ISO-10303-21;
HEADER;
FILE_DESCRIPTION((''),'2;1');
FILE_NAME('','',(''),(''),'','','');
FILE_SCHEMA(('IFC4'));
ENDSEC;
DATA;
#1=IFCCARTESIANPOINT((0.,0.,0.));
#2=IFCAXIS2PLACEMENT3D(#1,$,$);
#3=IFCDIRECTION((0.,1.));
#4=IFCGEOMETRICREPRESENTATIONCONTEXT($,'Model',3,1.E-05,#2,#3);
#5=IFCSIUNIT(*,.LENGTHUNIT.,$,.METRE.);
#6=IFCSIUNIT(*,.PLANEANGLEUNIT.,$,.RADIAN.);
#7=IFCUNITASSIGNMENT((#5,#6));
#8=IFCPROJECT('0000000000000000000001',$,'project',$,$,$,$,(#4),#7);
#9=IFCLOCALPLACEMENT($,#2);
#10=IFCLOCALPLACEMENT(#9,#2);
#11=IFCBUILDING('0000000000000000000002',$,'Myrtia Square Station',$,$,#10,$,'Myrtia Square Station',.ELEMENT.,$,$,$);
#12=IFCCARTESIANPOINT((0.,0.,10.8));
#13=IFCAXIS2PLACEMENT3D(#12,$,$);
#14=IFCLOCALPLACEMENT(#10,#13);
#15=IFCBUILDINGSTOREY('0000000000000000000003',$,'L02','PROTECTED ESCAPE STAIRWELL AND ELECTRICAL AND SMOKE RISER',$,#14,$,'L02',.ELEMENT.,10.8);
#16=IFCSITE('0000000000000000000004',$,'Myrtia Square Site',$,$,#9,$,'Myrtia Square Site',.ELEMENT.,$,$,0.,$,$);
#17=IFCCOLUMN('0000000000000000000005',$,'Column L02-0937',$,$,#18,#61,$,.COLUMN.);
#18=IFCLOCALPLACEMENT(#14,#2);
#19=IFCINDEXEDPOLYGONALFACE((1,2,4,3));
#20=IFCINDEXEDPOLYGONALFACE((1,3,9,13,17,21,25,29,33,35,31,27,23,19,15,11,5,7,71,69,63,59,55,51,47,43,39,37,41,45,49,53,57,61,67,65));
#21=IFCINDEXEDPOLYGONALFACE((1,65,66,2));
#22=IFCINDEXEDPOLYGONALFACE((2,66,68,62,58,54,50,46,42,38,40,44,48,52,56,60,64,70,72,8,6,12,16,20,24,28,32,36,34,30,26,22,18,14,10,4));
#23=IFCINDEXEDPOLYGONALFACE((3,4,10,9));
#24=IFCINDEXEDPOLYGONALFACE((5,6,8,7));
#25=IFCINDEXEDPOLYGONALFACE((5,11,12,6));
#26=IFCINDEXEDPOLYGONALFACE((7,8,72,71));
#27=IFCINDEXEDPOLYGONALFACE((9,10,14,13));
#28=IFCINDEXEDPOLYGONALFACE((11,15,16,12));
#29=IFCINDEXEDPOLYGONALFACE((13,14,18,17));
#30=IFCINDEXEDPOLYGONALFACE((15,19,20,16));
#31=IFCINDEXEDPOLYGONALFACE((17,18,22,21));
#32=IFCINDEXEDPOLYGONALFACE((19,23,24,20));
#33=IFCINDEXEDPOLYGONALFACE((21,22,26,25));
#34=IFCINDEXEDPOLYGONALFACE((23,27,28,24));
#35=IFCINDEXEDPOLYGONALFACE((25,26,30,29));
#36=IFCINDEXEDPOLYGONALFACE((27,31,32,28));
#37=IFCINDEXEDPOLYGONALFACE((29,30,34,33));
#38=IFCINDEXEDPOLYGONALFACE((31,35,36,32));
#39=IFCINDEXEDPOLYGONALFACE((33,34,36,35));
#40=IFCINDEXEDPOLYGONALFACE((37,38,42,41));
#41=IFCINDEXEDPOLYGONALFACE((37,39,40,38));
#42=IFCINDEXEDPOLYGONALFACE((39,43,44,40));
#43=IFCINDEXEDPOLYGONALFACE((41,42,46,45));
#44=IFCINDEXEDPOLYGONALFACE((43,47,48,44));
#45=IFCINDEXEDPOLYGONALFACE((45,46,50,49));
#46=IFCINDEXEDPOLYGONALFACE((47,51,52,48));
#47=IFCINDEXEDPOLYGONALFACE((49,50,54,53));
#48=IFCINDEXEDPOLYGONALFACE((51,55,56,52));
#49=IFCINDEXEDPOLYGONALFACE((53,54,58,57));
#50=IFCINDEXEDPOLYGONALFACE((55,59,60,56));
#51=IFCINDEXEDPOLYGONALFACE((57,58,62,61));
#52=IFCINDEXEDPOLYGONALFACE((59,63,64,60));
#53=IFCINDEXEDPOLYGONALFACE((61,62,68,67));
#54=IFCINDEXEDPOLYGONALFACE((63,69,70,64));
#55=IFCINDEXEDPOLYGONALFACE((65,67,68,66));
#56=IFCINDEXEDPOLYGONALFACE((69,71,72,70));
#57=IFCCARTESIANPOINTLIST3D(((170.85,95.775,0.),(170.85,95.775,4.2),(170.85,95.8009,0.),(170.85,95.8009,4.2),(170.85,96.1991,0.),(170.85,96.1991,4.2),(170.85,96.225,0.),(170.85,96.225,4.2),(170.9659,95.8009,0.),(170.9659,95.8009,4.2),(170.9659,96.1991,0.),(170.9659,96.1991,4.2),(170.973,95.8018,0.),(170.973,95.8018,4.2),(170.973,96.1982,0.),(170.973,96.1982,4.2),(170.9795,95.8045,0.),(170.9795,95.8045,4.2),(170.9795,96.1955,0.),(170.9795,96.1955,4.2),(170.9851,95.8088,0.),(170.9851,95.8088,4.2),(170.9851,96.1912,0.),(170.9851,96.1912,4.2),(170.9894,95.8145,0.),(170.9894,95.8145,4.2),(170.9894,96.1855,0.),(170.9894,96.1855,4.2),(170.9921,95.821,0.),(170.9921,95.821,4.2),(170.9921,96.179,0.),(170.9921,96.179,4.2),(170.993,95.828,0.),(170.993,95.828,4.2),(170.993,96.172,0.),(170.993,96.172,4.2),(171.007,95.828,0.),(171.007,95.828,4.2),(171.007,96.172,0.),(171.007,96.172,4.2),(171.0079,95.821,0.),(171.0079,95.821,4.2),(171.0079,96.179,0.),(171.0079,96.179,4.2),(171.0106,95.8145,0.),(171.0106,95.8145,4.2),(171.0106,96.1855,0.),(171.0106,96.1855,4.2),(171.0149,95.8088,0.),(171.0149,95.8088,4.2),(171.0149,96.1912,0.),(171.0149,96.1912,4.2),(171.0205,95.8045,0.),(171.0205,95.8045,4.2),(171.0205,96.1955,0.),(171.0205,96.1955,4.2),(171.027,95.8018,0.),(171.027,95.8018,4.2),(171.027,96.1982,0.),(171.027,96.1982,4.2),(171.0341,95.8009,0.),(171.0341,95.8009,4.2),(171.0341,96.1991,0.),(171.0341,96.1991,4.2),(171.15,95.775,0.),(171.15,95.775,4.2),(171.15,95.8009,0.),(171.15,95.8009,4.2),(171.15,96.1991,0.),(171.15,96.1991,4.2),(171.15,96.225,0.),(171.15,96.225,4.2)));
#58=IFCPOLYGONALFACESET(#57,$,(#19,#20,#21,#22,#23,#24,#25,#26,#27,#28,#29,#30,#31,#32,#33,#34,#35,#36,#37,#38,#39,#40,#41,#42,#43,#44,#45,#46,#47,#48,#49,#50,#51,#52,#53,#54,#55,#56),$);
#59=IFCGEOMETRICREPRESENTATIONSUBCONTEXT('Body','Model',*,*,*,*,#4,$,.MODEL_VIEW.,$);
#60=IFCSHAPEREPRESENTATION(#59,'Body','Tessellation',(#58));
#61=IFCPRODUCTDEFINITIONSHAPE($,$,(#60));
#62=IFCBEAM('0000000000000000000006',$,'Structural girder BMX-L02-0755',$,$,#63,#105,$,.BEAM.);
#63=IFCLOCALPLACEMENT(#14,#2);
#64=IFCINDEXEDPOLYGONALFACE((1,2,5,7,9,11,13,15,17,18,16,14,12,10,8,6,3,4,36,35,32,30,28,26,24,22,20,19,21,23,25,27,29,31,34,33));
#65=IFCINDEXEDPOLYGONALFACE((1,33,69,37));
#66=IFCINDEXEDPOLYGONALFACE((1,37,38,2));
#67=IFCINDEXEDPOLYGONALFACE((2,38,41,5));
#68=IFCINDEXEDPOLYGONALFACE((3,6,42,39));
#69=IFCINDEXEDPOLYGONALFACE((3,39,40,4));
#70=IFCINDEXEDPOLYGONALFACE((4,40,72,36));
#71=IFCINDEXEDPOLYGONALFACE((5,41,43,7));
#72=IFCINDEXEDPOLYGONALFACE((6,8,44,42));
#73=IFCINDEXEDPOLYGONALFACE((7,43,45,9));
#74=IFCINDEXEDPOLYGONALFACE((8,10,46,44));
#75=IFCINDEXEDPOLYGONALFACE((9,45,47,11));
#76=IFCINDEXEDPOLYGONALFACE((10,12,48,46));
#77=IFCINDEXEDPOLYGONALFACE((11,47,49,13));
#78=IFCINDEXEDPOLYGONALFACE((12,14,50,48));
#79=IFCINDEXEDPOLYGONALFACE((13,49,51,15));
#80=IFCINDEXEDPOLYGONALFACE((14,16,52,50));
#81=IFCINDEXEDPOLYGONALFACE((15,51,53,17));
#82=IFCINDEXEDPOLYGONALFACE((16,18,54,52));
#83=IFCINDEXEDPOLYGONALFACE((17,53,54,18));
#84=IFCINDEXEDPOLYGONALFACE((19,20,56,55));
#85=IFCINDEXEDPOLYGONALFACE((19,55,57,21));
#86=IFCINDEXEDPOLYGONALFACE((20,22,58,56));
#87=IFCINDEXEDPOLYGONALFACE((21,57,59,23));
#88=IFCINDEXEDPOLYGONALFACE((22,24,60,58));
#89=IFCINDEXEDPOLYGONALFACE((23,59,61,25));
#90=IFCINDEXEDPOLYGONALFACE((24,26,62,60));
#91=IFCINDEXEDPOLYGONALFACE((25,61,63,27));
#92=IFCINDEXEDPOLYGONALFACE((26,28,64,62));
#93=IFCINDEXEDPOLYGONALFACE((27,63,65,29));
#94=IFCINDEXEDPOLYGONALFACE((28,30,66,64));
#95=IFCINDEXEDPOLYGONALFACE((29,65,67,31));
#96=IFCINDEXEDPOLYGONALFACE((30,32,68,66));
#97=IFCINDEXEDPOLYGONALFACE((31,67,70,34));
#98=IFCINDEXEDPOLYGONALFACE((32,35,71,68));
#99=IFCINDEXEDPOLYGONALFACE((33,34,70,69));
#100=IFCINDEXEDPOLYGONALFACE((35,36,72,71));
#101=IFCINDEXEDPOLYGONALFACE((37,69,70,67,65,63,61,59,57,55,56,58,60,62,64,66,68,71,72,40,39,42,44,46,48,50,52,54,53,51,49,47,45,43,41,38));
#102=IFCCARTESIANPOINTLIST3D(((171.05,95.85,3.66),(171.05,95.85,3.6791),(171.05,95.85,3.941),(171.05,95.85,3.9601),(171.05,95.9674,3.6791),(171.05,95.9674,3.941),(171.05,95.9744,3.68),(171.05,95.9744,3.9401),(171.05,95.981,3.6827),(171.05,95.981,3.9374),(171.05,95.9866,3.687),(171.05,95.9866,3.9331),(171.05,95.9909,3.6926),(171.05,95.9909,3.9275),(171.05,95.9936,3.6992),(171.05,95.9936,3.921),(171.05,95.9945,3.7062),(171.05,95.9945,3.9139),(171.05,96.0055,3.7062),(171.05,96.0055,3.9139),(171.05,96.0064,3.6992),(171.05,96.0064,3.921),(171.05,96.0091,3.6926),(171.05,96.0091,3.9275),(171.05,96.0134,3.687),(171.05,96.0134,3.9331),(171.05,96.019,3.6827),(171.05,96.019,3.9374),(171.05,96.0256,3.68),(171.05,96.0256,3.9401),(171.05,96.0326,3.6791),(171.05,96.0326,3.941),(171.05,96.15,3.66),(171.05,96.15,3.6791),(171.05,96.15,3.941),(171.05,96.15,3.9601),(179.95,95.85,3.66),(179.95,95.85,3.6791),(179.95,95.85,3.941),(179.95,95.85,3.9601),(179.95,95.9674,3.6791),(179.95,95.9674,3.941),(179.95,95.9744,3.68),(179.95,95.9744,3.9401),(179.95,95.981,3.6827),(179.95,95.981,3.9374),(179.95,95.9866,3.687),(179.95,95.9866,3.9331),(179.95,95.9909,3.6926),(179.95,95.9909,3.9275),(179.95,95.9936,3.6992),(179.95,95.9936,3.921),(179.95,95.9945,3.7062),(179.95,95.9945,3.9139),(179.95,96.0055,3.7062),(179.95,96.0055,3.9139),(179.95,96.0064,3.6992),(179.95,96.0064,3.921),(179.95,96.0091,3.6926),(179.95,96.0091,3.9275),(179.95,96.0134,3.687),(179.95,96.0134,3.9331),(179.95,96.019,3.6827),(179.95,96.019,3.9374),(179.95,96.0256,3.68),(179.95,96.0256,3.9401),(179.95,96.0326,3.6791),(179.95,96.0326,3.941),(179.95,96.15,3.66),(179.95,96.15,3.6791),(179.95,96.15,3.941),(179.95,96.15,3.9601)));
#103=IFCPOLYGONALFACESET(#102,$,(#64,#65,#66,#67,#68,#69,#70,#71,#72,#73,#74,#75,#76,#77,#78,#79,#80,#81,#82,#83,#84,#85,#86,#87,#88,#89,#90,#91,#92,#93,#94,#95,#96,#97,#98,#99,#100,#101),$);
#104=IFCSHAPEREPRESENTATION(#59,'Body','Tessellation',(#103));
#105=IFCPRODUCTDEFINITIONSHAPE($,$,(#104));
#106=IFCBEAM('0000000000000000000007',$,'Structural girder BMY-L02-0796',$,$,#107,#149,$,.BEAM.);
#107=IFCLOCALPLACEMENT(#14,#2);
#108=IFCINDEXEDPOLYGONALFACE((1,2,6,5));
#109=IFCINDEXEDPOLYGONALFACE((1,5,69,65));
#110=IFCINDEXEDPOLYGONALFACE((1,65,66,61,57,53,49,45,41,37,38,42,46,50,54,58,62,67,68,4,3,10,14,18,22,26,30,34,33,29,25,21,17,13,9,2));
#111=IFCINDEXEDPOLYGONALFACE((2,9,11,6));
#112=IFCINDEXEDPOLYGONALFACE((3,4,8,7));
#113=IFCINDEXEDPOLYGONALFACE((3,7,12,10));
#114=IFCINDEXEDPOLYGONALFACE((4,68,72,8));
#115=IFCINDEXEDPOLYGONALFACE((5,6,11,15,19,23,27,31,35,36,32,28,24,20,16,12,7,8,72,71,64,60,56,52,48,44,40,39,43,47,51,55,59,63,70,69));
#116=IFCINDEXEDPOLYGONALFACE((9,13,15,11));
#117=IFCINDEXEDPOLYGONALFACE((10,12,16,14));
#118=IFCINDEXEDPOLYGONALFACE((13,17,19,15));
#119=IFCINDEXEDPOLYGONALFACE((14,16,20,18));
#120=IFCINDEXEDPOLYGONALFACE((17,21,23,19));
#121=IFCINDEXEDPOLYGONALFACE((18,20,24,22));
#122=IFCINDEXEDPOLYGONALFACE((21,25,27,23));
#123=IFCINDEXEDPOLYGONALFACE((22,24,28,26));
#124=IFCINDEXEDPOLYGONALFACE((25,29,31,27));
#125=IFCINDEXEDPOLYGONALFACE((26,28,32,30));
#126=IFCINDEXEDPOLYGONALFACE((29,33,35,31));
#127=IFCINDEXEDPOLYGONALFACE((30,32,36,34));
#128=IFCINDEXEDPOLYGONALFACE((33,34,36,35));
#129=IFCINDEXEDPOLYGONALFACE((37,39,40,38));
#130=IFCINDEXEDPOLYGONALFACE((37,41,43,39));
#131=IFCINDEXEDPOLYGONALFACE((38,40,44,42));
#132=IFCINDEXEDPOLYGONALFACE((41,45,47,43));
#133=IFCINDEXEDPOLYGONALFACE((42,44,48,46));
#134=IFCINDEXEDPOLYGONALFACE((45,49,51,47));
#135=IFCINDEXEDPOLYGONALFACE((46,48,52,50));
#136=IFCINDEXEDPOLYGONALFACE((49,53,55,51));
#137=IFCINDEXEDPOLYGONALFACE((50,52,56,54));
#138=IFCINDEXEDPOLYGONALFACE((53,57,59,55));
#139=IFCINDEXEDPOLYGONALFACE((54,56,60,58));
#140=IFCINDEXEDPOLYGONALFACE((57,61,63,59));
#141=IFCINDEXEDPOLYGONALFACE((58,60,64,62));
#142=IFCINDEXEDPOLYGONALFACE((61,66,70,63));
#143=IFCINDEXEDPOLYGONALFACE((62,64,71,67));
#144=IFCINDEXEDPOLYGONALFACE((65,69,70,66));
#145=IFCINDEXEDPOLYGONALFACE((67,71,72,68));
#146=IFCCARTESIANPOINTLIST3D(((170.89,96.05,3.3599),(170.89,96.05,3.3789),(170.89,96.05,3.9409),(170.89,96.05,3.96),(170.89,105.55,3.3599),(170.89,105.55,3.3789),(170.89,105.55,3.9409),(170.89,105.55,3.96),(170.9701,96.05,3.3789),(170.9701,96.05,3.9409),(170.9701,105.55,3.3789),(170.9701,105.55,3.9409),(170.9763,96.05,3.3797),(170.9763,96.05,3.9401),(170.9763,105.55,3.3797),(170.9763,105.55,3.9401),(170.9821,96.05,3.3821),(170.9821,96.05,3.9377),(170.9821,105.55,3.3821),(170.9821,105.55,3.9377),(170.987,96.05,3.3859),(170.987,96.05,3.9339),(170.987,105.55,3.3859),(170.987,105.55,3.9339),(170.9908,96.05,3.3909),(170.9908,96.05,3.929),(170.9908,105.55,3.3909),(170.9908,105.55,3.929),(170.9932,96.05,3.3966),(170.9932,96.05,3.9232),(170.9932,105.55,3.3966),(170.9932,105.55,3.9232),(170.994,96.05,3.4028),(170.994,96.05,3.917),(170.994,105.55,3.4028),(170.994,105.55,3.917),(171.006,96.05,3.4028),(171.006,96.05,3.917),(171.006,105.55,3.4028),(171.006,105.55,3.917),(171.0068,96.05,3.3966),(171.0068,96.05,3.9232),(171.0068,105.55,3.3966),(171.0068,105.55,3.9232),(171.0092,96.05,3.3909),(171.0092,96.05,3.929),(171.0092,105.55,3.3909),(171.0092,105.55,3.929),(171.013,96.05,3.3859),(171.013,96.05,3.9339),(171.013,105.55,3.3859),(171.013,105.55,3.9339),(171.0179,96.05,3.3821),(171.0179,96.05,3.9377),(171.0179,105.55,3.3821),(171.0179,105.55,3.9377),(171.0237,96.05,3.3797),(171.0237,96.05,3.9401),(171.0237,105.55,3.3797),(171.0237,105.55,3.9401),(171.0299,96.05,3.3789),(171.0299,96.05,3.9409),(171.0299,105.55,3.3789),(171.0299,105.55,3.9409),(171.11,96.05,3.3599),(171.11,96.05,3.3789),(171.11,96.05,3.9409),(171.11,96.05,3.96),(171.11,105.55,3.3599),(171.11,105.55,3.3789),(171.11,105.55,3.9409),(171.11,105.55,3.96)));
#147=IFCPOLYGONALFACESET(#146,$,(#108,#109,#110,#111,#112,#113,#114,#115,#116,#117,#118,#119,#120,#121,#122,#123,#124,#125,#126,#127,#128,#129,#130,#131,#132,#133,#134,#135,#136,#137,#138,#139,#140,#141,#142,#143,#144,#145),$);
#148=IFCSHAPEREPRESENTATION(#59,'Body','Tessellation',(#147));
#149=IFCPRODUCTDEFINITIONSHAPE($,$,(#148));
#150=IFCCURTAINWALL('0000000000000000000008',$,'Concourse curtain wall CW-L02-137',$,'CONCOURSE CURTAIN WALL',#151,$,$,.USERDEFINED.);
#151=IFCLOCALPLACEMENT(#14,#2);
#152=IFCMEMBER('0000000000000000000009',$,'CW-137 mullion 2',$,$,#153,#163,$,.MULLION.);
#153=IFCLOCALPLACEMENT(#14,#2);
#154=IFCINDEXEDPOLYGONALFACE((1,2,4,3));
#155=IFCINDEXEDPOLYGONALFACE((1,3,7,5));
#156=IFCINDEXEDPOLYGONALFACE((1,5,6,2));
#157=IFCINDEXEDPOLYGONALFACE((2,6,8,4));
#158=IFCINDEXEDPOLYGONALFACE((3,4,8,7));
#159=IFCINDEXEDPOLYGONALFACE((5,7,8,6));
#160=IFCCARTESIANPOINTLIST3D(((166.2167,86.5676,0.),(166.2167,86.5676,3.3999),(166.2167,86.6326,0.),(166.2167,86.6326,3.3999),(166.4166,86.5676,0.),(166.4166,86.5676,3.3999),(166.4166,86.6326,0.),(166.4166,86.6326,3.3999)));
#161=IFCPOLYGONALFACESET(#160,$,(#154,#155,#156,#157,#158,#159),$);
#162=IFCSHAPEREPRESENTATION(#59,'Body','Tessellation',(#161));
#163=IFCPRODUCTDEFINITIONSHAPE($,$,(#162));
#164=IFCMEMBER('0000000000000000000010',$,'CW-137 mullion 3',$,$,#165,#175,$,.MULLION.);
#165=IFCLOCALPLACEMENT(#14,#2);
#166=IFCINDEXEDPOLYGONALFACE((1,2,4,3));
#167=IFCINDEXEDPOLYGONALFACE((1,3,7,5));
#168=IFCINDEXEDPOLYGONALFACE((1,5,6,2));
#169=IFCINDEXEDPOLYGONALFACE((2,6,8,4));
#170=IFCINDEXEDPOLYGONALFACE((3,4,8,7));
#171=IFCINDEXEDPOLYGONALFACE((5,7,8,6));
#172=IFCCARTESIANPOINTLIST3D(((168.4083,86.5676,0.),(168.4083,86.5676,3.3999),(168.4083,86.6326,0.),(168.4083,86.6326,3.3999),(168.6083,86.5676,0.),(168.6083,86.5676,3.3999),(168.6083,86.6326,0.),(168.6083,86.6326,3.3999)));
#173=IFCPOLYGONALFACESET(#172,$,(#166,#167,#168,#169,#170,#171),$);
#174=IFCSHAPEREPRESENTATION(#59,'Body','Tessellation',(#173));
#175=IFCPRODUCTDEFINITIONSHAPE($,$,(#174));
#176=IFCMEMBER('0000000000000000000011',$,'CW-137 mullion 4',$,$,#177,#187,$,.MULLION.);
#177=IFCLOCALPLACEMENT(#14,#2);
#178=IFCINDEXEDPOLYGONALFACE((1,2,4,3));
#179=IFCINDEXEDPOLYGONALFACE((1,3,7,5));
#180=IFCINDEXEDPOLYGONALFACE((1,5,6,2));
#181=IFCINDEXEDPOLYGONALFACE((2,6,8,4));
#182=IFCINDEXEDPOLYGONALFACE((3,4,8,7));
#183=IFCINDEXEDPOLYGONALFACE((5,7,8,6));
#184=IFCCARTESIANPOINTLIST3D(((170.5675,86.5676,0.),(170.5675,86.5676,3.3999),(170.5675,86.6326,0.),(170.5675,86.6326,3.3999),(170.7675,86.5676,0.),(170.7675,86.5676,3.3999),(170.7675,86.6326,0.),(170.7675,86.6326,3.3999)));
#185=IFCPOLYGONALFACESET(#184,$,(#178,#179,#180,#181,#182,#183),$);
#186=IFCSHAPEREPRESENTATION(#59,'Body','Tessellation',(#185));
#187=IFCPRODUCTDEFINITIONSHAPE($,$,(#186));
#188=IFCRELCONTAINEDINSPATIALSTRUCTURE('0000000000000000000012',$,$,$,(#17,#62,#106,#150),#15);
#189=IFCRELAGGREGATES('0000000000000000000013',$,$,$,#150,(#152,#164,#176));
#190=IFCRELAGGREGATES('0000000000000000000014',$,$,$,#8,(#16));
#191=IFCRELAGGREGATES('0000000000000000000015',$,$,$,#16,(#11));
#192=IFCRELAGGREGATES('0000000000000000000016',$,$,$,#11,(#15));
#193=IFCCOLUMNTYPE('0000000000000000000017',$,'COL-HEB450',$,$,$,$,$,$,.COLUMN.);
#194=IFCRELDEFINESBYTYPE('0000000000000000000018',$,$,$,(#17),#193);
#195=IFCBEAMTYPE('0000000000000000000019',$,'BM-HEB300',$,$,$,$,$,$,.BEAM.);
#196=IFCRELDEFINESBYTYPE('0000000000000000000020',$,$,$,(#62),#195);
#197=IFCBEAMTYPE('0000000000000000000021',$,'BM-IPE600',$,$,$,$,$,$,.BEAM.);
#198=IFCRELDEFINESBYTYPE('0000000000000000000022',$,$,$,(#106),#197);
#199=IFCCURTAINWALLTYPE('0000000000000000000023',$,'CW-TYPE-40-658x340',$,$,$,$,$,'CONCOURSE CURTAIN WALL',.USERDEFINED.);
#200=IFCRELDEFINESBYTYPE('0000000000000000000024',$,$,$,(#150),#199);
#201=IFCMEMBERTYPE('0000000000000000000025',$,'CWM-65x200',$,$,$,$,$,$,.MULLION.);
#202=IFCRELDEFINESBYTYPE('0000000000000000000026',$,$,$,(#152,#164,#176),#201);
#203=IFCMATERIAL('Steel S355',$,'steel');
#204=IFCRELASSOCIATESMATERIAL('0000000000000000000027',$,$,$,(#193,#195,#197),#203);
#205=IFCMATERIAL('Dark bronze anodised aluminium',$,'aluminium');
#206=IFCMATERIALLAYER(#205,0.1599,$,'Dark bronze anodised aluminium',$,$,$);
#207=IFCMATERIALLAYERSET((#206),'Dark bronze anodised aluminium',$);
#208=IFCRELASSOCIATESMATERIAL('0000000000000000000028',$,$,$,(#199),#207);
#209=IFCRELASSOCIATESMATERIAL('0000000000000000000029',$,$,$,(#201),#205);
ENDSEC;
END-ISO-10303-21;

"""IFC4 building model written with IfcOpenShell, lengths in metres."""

from ifc_helpers import new_model, si_unit, direction, frame, origin, origin_2d, place, context, subcontext, project, spatial, rectangle, i_section, extrude, material, layer, layer_set, material_profile, profile_set, type_object, element, aggregate, save


model = new_model("IFC4")

# Units and contexts
model_context = context("Model", 3, precision=1e-05, world=origin(), true_north=direction((0.0, 1.0)))
body_context = subcontext(model_context, "Body", "Model", "MODEL_VIEW")
ifc_project = project(units=[si_unit("LENGTHUNIT", "METRE"), si_unit("PLANEANGLEUNIT", "RADIAN")], contexts=[model_context])

# Site, building, storey
site_placement = place(None, origin())
site = spatial("IfcSite", under=ifc_project, at=site_placement, Name="Myrtia Square Site", LongName="Myrtia Square Site", CompositionType="ELEMENT", RefElevation=0.0)
building_placement = place(site_placement, origin())
building = spatial("IfcBuilding", under=site, at=building_placement, Name="Myrtia Square Station", LongName="Myrtia Square Station", CompositionType="ELEMENT")
storey_placement = place(building_placement, frame((0.0, 0.0, 10.8)))
storey = spatial("IfcBuildingStorey", under=building, at=storey_placement, Name="L02", Description="PROTECTED ESCAPE STAIRWELL AND ELECTRICAL AND SMOKE RISER", LongName="L02", CompositionType="ELEMENT", Elevation=10.8)

# Column
ifc_material_1 = material(Name="Steel S355", Category="steel")
ifc_material_profile_1 = material_profile(ifc_material_1, i_section(OverallWidth=0.3, OverallDepth=0.45, WebThickness=0.0139, FlangeThickness=0.0259, FilletRadius=0.0271, at=origin_2d()), Name="HEB 450")
ifc_profile_set_1 = profile_set([ifc_material_profile_1], Name="Steel S355")
column_type = type_object("IfcColumnType", Name="COL-HEB450", PredefinedType="COLUMN", material=ifc_profile_set_1)
column_placement = place(storey_placement, frame((171.0, 96.0, 0.0), z_axis=(0.0, 0.0, 1.0), x_axis=(1.0, 0.0, 0.0)))
element("IfcColumn", 1, at=column_placement, inside=storey, type_object=column_type, Name="Column L02-0937", PredefinedType="COLUMN", context=body_context, shape_type="SweptSolid", body=[
    extrude(i_section(OverallWidth=0.3, OverallDepth=0.45, WebThickness=0.0139, FlangeThickness=0.0259, FilletRadius=0.0271, at=origin_2d()), origin(), (0.0, 0.0, 1.0), 4.2),
])

# Beams
ifc_material_profile_2 = material_profile(ifc_material_1, i_section(OverallWidth=0.3, OverallDepth=0.3, WebThickness=0.011, FlangeThickness=0.019, FilletRadius=0.0271, at=origin_2d()), Name="HEB 300")
ifc_profile_set_2 = profile_set([ifc_material_profile_2], Name="Steel S355")
beam_type_1 = type_object("IfcBeamType", Name="BM-HEB300", PredefinedType="BEAM", material=ifc_profile_set_2)
beam_1_placement = place(storey_placement, frame((171.05, 96.0, 3.8101), z_axis=(1.0, 0.0, 0.0), x_axis=(0.0, 1.0, 0.0)))
element("IfcBeam", 2, at=beam_1_placement, inside=storey, type_object=beam_type_1, Name="Structural girder BMX-L02-0755", PredefinedType="BEAM", context=body_context, shape_type="SweptSolid", body=[
    extrude(i_section(OverallWidth=0.3, OverallDepth=0.3, WebThickness=0.011, FlangeThickness=0.019, FilletRadius=0.0271, at=origin_2d()), origin(), (0.0, 0.0, 1.0), 8.8999),
])
ifc_material_profile_3 = material_profile(ifc_material_1, i_section(OverallWidth=0.22, OverallDepth=0.6001, WebThickness=0.012, FlangeThickness=0.019, FilletRadius=0.0239, at=origin_2d()), Name="IPE 600")
ifc_profile_set_3 = profile_set([ifc_material_profile_3], Name="Steel S355")
beam_type_2 = type_object("IfcBeamType", Name="BM-IPE600", PredefinedType="BEAM", material=ifc_profile_set_3)
beam_2_placement = place(storey_placement, frame((171.0, 96.05, 3.6599), z_axis=(0.0, 1.0, 0.0), x_axis=(-1.0, 0.0, 0.0)))
element("IfcBeam", 3, at=beam_2_placement, inside=storey, type_object=beam_type_2, Name="Structural girder BMY-L02-0796", PredefinedType="BEAM", context=body_context, shape_type="SweptSolid", body=[
    extrude(i_section(OverallWidth=0.22, OverallDepth=0.6001, WebThickness=0.012, FlangeThickness=0.019, FilletRadius=0.0239, at=origin_2d()), origin(), (0.0, 0.0, 1.0), 9.5),
])

# Curtain wall, members
ifc_material_2 = material(Name="Dark bronze anodised aluminium", Category="aluminium")
ifc_layer_1 = layer(ifc_material_2, 0.1599, Name="Dark bronze anodised aluminium")
ifc_layer_set_1 = layer_set([ifc_layer_1], Name="Dark bronze anodised aluminium")
curtain_wall_type = type_object("IfcCurtainWallType", Name="CW-TYPE-40-658x340", ElementType="CONCOURSE CURTAIN WALL", PredefinedType="USERDEFINED", material=ifc_layer_set_1)
curtain_wall_1_placement = place(storey_placement, origin())
curtain_wall_1 = element("IfcCurtainWall", 4, at=curtain_wall_1_placement, inside=storey, type_object=curtain_wall_type, Name="Concourse curtain wall CW-L02-137", ObjectType="CONCOURSE CURTAIN WALL", PredefinedType="USERDEFINED")
ifc_material_profile_4 = material_profile(ifc_material_2, rectangle(XDim=0.0649, YDim=0.2, at=origin_2d()), Name="ALU-M 65x200")
ifc_profile_set_4 = profile_set([ifc_material_profile_4], Name="Dark bronze anodised aluminium")
member_type_1 = type_object("IfcMemberType", Name="CWM-65x200", PredefinedType="MULLION", material=ifc_profile_set_4)
member_1_placement = place(storey_placement, frame((166.3167, 86.6001, 0.0), z_axis=(0.0, 0.0, 1.0), x_axis=(0.0, 1.0, 0.0)))
member_1 = element("IfcMember", 5, at=member_1_placement, type_object=member_type_1, Name="CW-137 mullion 2", PredefinedType="MULLION", context=body_context, shape_type="SweptSolid", body=[
    extrude(rectangle(XDim=0.0649, YDim=0.2, at=origin_2d()), origin(), (0.0, 0.0, 1.0), 3.3999),
])
member_2_placement = place(storey_placement, frame((168.5083, 86.6001, 0.0), z_axis=(0.0, 0.0, 1.0), x_axis=(0.0, 1.0, 0.0)))
member_2 = element("IfcMember", 6, at=member_2_placement, type_object=member_type_1, Name="CW-137 mullion 3", PredefinedType="MULLION", context=body_context, shape_type="SweptSolid", body=[
    extrude(rectangle(XDim=0.0649, YDim=0.2, at=origin_2d()), origin(), (0.0, 0.0, 1.0), 3.3999),
])
member_3_placement = place(storey_placement, frame((170.6675, 86.6001, 0.0), z_axis=(0.0, 0.0, 1.0), x_axis=(0.0, 1.0, 0.0)))
member_3 = element("IfcMember", 7, at=member_3_placement, type_object=member_type_1, Name="CW-137 mullion 4", PredefinedType="MULLION", context=body_context, shape_type="SweptSolid", body=[
    extrude(rectangle(XDim=0.0649, YDim=0.2, at=origin_2d()), origin(), (0.0, 0.0, 1.0), 3.3999),
])

aggregate(curtain_wall_1, [member_1, member_2, member_3])

save(model, "model.ifc")
